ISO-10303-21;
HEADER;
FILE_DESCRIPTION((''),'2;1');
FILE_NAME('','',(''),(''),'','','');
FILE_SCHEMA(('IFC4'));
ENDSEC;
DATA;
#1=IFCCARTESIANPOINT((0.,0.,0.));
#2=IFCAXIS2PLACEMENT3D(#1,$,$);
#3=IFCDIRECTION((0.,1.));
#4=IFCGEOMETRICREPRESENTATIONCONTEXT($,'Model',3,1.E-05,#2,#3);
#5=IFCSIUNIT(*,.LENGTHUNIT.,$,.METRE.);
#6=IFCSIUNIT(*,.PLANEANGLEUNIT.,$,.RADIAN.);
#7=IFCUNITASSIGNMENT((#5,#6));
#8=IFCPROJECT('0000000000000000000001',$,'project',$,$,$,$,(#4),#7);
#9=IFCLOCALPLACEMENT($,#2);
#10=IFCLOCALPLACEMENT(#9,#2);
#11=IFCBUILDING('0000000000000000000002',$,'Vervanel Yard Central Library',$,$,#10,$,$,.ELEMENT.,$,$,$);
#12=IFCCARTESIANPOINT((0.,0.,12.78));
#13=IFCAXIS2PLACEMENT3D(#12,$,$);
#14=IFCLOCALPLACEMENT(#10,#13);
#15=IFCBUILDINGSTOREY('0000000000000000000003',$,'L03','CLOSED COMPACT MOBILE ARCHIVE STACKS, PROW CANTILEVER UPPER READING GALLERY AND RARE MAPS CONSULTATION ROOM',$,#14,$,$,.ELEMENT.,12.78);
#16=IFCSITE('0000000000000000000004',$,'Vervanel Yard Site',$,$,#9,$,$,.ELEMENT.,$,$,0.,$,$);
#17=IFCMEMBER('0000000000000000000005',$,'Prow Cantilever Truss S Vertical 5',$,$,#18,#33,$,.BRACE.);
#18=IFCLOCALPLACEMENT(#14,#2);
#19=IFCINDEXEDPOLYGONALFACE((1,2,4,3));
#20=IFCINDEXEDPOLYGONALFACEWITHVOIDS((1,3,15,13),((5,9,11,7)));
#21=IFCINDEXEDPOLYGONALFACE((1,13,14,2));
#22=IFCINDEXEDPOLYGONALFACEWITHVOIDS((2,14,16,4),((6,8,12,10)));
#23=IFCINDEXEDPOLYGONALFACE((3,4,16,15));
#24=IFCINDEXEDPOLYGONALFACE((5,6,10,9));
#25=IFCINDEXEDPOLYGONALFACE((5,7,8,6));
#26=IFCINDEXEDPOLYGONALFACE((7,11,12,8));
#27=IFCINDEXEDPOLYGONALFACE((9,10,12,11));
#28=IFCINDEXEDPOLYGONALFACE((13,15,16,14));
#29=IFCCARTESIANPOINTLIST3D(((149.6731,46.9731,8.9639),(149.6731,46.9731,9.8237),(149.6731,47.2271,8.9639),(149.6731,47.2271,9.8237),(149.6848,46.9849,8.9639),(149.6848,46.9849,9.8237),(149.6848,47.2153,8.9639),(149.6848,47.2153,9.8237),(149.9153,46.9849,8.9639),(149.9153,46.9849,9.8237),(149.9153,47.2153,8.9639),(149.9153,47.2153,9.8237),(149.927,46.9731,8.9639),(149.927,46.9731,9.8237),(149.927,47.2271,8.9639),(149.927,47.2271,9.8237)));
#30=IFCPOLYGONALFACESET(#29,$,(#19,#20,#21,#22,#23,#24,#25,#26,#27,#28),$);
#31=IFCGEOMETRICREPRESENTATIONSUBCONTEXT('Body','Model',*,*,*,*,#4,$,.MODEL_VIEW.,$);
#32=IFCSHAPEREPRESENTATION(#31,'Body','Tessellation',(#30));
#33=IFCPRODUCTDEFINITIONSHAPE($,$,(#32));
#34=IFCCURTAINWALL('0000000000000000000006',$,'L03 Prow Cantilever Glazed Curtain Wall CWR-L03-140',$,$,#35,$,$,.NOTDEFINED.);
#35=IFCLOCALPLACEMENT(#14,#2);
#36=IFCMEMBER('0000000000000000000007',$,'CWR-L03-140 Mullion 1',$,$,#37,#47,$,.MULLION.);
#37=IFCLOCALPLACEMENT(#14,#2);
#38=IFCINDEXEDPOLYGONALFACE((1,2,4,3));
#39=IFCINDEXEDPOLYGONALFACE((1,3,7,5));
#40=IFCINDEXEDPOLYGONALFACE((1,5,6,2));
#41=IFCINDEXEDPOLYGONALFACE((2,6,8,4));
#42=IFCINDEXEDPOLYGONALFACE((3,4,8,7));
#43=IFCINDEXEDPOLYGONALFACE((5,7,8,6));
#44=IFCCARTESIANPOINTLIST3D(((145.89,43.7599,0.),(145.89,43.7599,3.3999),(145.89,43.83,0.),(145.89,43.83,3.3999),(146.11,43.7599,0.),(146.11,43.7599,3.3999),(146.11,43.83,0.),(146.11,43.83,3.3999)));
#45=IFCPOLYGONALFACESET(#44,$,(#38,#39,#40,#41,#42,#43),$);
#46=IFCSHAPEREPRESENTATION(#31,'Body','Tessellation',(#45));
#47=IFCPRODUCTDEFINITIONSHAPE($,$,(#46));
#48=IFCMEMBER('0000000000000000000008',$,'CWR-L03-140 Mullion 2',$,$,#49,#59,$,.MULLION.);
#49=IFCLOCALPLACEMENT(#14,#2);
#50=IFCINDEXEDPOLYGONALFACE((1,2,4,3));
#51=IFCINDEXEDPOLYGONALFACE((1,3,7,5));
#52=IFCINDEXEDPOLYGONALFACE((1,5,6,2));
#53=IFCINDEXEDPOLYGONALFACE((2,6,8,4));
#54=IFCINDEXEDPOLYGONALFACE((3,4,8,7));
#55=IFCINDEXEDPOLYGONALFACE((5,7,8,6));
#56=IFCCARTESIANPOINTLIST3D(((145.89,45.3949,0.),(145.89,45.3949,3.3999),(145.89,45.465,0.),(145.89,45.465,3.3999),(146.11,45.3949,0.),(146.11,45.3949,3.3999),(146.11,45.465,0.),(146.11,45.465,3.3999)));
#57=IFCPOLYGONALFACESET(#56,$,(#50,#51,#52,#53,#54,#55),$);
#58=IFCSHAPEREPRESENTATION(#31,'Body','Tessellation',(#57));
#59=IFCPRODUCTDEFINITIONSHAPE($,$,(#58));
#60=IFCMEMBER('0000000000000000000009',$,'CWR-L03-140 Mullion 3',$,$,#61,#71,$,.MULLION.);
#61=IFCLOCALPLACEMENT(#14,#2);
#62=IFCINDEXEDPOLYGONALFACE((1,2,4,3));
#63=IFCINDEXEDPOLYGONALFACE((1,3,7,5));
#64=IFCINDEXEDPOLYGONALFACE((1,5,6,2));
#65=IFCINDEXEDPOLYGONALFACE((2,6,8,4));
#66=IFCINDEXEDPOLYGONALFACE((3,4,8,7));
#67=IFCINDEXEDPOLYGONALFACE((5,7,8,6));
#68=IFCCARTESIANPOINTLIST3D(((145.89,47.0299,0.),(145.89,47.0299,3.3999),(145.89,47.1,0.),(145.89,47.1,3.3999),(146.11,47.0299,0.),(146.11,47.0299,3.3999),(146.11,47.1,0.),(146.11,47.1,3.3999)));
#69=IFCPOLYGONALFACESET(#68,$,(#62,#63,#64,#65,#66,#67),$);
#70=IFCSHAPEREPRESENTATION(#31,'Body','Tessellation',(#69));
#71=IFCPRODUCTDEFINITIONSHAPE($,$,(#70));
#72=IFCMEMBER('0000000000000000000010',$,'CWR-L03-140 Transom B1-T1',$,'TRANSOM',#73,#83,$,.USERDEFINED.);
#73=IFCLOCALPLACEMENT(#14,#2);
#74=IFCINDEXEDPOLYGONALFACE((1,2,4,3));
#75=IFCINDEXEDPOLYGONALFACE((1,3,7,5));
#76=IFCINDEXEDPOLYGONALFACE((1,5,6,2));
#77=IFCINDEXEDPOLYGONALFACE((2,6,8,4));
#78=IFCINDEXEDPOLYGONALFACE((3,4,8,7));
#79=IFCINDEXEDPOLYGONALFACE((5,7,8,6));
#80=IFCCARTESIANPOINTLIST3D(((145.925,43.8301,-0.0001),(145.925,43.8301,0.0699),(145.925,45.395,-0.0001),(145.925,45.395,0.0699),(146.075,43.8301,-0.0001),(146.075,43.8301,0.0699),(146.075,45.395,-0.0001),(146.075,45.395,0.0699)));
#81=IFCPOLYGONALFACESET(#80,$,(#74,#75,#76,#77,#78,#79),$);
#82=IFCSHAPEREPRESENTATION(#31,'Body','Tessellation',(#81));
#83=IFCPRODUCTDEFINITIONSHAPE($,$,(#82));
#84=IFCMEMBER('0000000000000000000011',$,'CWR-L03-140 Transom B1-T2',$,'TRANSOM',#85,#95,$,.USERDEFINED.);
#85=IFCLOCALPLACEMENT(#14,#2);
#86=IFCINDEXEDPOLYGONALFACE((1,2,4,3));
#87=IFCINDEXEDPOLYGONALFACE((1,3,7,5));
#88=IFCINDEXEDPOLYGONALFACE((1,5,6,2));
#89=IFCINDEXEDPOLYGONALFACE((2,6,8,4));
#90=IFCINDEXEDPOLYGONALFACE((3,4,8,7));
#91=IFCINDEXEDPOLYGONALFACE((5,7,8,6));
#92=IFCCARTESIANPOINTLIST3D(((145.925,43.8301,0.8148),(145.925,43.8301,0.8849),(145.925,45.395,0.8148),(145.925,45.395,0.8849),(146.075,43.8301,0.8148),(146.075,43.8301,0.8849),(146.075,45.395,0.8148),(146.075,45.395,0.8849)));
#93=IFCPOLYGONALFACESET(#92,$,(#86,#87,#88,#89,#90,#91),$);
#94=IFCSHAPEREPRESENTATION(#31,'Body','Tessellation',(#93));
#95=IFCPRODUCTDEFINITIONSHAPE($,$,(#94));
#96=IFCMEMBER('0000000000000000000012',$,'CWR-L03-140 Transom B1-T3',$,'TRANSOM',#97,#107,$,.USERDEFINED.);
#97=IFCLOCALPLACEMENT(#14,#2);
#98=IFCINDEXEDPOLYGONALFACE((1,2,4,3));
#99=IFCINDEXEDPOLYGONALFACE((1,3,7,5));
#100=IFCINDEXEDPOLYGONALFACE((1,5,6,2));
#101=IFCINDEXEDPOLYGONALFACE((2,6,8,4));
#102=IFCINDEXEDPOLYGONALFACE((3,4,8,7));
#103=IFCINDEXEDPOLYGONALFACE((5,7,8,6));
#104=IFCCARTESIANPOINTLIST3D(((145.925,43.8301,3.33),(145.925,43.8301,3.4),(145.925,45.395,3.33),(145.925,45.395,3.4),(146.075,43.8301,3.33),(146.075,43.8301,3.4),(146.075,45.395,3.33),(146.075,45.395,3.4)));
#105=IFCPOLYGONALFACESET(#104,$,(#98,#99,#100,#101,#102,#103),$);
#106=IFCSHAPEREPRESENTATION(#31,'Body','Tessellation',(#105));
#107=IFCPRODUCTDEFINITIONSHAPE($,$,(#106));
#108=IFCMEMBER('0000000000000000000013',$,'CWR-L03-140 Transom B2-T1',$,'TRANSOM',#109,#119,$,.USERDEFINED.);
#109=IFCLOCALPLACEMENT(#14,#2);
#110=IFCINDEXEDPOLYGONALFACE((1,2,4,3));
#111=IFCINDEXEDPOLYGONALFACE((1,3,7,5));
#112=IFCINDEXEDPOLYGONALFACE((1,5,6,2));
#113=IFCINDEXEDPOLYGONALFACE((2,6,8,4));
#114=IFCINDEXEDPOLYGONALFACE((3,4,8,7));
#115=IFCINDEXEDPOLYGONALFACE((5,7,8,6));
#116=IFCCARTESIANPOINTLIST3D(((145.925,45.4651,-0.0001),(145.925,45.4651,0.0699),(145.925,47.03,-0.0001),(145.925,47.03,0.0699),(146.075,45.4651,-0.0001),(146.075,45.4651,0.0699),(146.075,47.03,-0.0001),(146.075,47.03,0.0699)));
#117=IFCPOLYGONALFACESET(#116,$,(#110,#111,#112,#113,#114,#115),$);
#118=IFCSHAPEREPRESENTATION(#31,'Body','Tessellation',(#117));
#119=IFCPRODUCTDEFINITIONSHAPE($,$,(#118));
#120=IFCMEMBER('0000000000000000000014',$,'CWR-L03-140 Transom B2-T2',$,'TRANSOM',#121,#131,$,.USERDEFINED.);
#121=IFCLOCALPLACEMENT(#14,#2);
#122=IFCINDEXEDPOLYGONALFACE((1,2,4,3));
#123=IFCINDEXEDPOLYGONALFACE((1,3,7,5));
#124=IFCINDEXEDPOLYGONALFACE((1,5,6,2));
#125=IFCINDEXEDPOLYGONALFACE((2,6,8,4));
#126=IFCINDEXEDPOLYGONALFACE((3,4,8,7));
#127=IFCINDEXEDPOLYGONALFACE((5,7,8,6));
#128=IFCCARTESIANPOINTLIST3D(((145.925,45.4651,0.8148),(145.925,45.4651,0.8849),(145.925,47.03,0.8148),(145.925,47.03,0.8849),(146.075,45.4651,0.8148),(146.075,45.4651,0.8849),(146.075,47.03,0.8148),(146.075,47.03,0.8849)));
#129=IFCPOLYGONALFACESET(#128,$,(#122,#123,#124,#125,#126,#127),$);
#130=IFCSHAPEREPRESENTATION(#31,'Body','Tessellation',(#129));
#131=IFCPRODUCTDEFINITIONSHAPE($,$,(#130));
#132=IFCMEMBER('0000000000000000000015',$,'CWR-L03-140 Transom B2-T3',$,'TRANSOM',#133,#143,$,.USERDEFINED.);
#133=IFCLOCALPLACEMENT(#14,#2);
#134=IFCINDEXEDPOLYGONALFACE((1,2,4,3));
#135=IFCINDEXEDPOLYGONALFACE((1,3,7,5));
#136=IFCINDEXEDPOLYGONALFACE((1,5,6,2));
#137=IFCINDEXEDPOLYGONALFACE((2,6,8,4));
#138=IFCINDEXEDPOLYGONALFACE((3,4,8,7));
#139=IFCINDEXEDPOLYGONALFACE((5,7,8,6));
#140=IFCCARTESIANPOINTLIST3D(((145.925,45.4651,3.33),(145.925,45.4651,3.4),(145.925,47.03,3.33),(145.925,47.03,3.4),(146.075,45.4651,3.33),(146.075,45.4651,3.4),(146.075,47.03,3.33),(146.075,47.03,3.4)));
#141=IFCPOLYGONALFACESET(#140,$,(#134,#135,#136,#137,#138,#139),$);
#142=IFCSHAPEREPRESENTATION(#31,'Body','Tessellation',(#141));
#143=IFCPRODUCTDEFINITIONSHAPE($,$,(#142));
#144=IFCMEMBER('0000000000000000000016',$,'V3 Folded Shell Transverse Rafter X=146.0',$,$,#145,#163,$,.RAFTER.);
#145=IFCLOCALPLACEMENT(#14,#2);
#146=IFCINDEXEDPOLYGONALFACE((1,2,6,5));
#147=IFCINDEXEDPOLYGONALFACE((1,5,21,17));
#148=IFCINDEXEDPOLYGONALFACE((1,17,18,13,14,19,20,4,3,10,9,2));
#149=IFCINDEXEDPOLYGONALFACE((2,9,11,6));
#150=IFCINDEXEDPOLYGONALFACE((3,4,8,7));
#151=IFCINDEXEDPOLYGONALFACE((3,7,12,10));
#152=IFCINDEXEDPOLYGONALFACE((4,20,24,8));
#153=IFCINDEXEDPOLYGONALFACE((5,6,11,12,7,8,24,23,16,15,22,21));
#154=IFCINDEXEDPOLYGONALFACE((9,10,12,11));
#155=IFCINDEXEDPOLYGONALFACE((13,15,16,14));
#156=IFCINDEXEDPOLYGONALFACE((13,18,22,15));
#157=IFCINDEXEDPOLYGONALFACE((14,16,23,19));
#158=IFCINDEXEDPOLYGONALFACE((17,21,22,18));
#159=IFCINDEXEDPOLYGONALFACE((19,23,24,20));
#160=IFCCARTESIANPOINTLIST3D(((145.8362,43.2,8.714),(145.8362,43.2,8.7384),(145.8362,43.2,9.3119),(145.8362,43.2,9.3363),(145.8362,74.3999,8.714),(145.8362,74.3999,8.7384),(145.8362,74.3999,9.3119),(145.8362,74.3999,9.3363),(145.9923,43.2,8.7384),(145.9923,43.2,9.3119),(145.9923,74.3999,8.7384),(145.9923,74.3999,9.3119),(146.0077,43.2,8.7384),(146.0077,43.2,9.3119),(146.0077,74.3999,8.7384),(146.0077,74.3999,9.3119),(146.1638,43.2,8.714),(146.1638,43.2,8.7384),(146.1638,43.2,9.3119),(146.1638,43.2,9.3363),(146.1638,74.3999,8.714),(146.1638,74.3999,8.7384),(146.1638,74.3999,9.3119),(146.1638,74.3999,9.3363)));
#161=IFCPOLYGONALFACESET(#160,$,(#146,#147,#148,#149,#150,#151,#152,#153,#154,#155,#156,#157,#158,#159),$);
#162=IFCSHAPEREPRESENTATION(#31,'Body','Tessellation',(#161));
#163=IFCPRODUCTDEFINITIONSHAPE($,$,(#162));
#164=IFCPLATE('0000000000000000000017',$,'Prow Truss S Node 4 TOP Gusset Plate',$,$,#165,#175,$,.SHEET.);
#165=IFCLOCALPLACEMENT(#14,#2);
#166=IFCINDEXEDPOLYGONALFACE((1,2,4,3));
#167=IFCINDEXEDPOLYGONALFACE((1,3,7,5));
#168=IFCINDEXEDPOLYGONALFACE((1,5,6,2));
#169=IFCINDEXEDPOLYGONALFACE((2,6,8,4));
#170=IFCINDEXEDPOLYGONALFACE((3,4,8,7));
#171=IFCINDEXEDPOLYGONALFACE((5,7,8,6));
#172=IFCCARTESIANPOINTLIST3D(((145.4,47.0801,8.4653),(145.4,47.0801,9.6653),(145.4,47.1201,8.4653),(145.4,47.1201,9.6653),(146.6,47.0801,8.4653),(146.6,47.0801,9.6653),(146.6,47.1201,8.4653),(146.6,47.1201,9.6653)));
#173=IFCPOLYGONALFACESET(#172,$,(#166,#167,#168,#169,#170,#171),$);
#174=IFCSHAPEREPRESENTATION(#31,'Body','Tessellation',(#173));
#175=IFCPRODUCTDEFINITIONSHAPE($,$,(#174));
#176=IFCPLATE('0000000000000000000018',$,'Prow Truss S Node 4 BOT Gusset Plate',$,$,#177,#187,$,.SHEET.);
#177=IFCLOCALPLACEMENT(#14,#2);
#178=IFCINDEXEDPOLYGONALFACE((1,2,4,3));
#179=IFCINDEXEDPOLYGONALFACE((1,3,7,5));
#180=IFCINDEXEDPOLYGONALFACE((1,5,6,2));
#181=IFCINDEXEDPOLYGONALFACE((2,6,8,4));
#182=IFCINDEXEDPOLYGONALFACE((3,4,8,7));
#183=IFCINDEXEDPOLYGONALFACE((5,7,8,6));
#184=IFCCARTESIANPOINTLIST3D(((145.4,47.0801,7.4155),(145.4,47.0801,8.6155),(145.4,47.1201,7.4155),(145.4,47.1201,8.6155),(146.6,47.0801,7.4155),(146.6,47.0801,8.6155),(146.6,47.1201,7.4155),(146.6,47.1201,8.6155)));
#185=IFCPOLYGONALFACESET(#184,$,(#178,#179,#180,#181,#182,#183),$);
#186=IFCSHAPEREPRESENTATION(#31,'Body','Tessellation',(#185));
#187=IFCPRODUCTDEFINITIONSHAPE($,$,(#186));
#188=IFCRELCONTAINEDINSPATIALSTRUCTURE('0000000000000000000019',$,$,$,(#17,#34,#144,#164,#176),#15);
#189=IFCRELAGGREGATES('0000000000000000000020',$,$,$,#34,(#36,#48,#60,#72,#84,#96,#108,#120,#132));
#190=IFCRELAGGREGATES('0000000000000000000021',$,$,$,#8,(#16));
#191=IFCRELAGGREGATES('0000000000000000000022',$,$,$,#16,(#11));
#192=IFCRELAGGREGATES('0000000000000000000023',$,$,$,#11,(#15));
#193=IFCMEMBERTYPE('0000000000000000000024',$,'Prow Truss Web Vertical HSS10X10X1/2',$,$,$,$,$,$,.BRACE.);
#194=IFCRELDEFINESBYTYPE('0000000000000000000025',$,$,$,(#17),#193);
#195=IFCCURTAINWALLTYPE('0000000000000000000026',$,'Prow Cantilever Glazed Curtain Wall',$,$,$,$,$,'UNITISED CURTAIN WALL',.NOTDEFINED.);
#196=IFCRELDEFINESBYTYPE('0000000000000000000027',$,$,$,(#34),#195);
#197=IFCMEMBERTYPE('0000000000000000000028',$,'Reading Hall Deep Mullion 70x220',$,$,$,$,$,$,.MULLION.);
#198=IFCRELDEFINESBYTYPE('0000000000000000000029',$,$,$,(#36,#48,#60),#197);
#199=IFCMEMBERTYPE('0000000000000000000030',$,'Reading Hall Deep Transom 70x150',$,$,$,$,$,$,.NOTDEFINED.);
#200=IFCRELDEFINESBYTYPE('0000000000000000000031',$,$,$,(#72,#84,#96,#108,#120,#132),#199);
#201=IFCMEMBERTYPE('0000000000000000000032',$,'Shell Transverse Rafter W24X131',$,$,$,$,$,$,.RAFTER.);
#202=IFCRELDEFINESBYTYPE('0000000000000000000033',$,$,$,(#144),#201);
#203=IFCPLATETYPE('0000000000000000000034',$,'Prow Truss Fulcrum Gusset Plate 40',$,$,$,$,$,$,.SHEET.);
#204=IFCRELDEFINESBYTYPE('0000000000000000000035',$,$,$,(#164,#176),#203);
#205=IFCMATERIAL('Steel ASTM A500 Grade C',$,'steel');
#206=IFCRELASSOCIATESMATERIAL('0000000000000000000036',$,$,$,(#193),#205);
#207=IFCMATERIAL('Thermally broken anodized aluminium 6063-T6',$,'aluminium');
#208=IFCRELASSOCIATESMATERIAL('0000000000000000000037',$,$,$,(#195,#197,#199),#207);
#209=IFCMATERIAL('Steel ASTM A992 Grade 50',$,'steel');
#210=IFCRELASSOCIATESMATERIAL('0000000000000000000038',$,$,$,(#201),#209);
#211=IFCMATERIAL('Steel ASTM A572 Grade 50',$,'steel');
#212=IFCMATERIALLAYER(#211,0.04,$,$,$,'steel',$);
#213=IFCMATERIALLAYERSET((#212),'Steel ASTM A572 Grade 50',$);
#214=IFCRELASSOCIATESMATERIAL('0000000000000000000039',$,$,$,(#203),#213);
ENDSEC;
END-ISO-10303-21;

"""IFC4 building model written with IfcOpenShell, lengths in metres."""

from ifc_helpers import new_model, si_unit, direction, frame, origin, origin_2d, place, context, subcontext, project, spatial, rectangle, hollow_rectangle, i_section, extrude, material, layer, layer_set, material_profile, profile_set, type_object, element, aggregate, save


model = new_model("IFC4")

# Units and contexts
model_context = context("Model", 3, precision=1e-05, world=origin(), true_north=direction((0.0, 1.0)))
body_context = subcontext(model_context, "Body", "Model", "MODEL_VIEW")
ifc_project = project(units=[si_unit("LENGTHUNIT", "METRE"), si_unit("PLANEANGLEUNIT", "RADIAN")], contexts=[model_context])

# Site, building, storey
site_placement = place(None, origin())
site = spatial("IfcSite", under=ifc_project, at=site_placement, Name="Vervanel Yard Site", CompositionType="ELEMENT", RefElevation=0.0)
building_placement = place(site_placement, origin())
building = spatial("IfcBuilding", under=site, at=building_placement, Name="Vervanel Yard Central Library", CompositionType="ELEMENT")
storey_placement = place(building_placement, frame((0.0, 0.0, 12.78)))
storey = spatial("IfcBuildingStorey", under=building, at=storey_placement, Name="L03", Description="CLOSED COMPACT MOBILE ARCHIVE STACKS, PROW CANTILEVER UPPER READING GALLERY AND RARE MAPS CONSULTATION ROOM", CompositionType="ELEMENT", Elevation=12.78)

# Shared definitions
ifc_material_1 = material(Name="Steel ASTM A992 Grade 50", Category="steel")

# Member
ifc_material_2 = material(Name="Steel ASTM A500 Grade C", Category="steel")
ifc_material_profile_1 = material_profile(ifc_material_2, hollow_rectangle(XDim=0.2539, YDim=0.2539, WallThickness=0.0117, at=origin_2d()), Name="HSS10X10X1/2", Category="steel")
ifc_profile_set_1 = profile_set([ifc_material_profile_1], Name="Steel ASTM A500 Grade C")
member_type_1 = type_object("IfcMemberType", Name="Prow Truss Web Vertical HSS10X10X1/2", PredefinedType="BRACE", material=ifc_profile_set_1)
member_1_placement = place(storey_placement, frame((149.8, 47.1001, 8.9639), z_axis=(0.0, 0.0, 1.0), x_axis=(1.0, 0.0, 0.0)))
element("IfcMember", 1, at=member_1_placement, inside=storey, type_object=member_type_1, Name="Prow Cantilever Truss S Vertical 5", PredefinedType="BRACE", context=body_context, shape_type="SweptSolid", body=[
    extrude(hollow_rectangle(XDim=0.2539, YDim=0.2539, WallThickness=0.0117, at=origin_2d()), origin(), (0.0, 0.0, 1.0), 0.8599),
])

# Curtain wall, members
ifc_material_3 = material(Name="Thermally broken anodized aluminium 6063-T6", Category="aluminium")
curtain_wall_type = type_object("IfcCurtainWallType", Name="Prow Cantilever Glazed Curtain Wall", ElementType="UNITISED CURTAIN WALL", PredefinedType="NOTDEFINED", material=ifc_material_3)
curtain_wall_placement = place(storey_placement, origin())
curtain_wall = element("IfcCurtainWall", 2, at=curtain_wall_placement, inside=storey, type_object=curtain_wall_type, Name="L03 Prow Cantilever Glazed Curtain Wall CWR-L03-140", PredefinedType="NOTDEFINED")
ifc_material_profile_2 = material_profile(ifc_material_3, rectangle(XDim=0.0701, YDim=0.22, at=origin_2d()), Name="ALU 70x220", Category="aluminium")
ifc_profile_set_2 = profile_set([ifc_material_profile_2], Name="Thermally broken anodized aluminium 6063-T6")
member_type_2 = type_object("IfcMemberType", Name="Reading Hall Deep Mullion 70x220", PredefinedType="MULLION", material=ifc_profile_set_2)
member_2_placement = place(storey_placement, frame((146.0, 43.7949, 0.0), z_axis=(0.0, 0.0, 1.0), x_axis=(0.0, 1.0, 0.0)))
member_2 = element("IfcMember", 3, at=member_2_placement, type_object=member_type_2, Name="CWR-L03-140 Mullion 1", PredefinedType="MULLION", context=body_context, shape_type="SweptSolid", body=[
    extrude(rectangle(XDim=0.0701, YDim=0.22, at=origin_2d()), origin(), (0.0, 0.0, 1.0), 3.3999),
])
member_3_placement = place(storey_placement, frame((146.0, 45.4299, 0.0), z_axis=(0.0, 0.0, 1.0), x_axis=(0.0, 1.0, 0.0)))
member_3 = element("IfcMember", 4, at=member_3_placement, type_object=member_type_2, Name="CWR-L03-140 Mullion 2", PredefinedType="MULLION", context=body_context, shape_type="SweptSolid", body=[
    extrude(rectangle(XDim=0.0701, YDim=0.22, at=origin_2d()), origin(), (0.0, 0.0, 1.0), 3.3999),
])
member_4_placement = place(storey_placement, frame((146.0, 47.0649, 0.0), z_axis=(0.0, 0.0, 1.0), x_axis=(0.0, 1.0, 0.0)))
member_4 = element("IfcMember", 5, at=member_4_placement, type_object=member_type_2, Name="CWR-L03-140 Mullion 3", PredefinedType="MULLION", context=body_context, shape_type="SweptSolid", body=[
    extrude(rectangle(XDim=0.0701, YDim=0.22, at=origin_2d()), origin(), (0.0, 0.0, 1.0), 3.3999),
])
ifc_material_profile_3 = material_profile(ifc_material_3, rectangle(XDim=0.0701, YDim=0.1499, at=origin_2d()), Name="ALU 70x150", Category="aluminium")
ifc_profile_set_3 = profile_set([ifc_material_profile_3], Name="Thermally broken anodized aluminium 6063-T6")
member_type_3 = type_object("IfcMemberType", Name="Reading Hall Deep Transom 70x150", PredefinedType="NOTDEFINED", material=ifc_profile_set_3)
member_5_placement = place(storey_placement, frame((146.0, 43.8301, 0.0349), z_axis=(0.0, 1.0, 0.0), x_axis=(0.0, 0.0, 1.0)))
member_5 = element("IfcMember", 6, at=member_5_placement, type_object=member_type_3, Name="CWR-L03-140 Transom B1-T1", ObjectType="TRANSOM", PredefinedType="USERDEFINED", context=body_context, shape_type="SweptSolid", body=[
    extrude(rectangle(XDim=0.0701, YDim=0.1499, at=origin_2d()), origin(), (0.0, 0.0, 1.0), 1.5649),
])
member_6_placement = place(storey_placement, frame((146.0, 43.8301, 0.8499), z_axis=(0.0, 1.0, 0.0), x_axis=(0.0, 0.0, 1.0)))
member_6 = element("IfcMember", 7, at=member_6_placement, type_object=member_type_3, Name="CWR-L03-140 Transom B1-T2", ObjectType="TRANSOM", PredefinedType="USERDEFINED", context=body_context, shape_type="SweptSolid", body=[
    extrude(rectangle(XDim=0.0701, YDim=0.1499, at=origin_2d()), origin(), (0.0, 0.0, 1.0), 1.5649),
])
member_7_placement = place(storey_placement, frame((146.0, 43.8301, 3.365), z_axis=(0.0, 1.0, 0.0), x_axis=(0.0, 0.0, 1.0)))
member_7 = element("IfcMember", 8, at=member_7_placement, type_object=member_type_3, Name="CWR-L03-140 Transom B1-T3", ObjectType="TRANSOM", PredefinedType="USERDEFINED", context=body_context, shape_type="SweptSolid", body=[
    extrude(rectangle(XDim=0.0701, YDim=0.1499, at=origin_2d()), origin(), (0.0, 0.0, 1.0), 1.5649),
])
member_8_placement = place(storey_placement, frame((146.0, 45.4651, 0.0349), z_axis=(0.0, 1.0, 0.0), x_axis=(0.0, 0.0, 1.0)))
member_8 = element("IfcMember", 9, at=member_8_placement, type_object=member_type_3, Name="CWR-L03-140 Transom B2-T1", ObjectType="TRANSOM", PredefinedType="USERDEFINED", context=body_context, shape_type="SweptSolid", body=[
    extrude(rectangle(XDim=0.0701, YDim=0.1499, at=origin_2d()), origin(), (0.0, 0.0, 1.0), 1.5649),
])
member_9_placement = place(storey_placement, frame((146.0, 45.4651, 0.8499), z_axis=(0.0, 1.0, 0.0), x_axis=(0.0, 0.0, 1.0)))
member_9 = element("IfcMember", 10, at=member_9_placement, type_object=member_type_3, Name="CWR-L03-140 Transom B2-T2", ObjectType="TRANSOM", PredefinedType="USERDEFINED", context=body_context, shape_type="SweptSolid", body=[
    extrude(rectangle(XDim=0.0701, YDim=0.1499, at=origin_2d()), origin(), (0.0, 0.0, 1.0), 1.5649),
])
member_10_placement = place(storey_placement, frame((146.0, 45.4651, 3.365), z_axis=(0.0, 1.0, 0.0), x_axis=(0.0, 0.0, 1.0)))
member_10 = element("IfcMember", 11, at=member_10_placement, type_object=member_type_3, Name="CWR-L03-140 Transom B2-T3", ObjectType="TRANSOM", PredefinedType="USERDEFINED", context=body_context, shape_type="SweptSolid", body=[
    extrude(rectangle(XDim=0.0701, YDim=0.1499, at=origin_2d()), origin(), (0.0, 0.0, 1.0), 1.5649),
])

# Member
ifc_material_profile_4 = material_profile(ifc_material_1, i_section(OverallWidth=0.3276, OverallDepth=0.6223, WebThickness=0.0154, FlangeThickness=0.0244, at=origin_2d()), Name="W24X131", Category="steel")
ifc_profile_set_4 = profile_set([ifc_material_profile_4], Name="Steel ASTM A992 Grade 50")
member_type_4 = type_object("IfcMemberType", Name="Shell Transverse Rafter W24X131", PredefinedType="RAFTER", material=ifc_profile_set_4)
member_11_placement = place(storey_placement, frame((146.0, 43.2, 9.0251), z_axis=(0.0, 1.0, 0.0), x_axis=(-1.0, 0.0, 0.0)))
element("IfcMember", 12, at=member_11_placement, inside=storey, type_object=member_type_4, Name="V3 Folded Shell Transverse Rafter X=146.0", PredefinedType="RAFTER", context=body_context, shape_type="SweptSolid", body=[
    extrude(i_section(OverallWidth=0.3276, OverallDepth=0.6223, WebThickness=0.0154, FlangeThickness=0.0244, at=origin_2d()), origin(), (0.0, 0.0, 1.0), 31.2),
])

# Plates
ifc_material_4 = material(Name="Steel ASTM A572 Grade 50", Category="steel")
ifc_layer_1 = layer(ifc_material_4, 0.04, Category="steel")
ifc_layer_set_1 = layer_set([ifc_layer_1], Name="Steel ASTM A572 Grade 50")
plate_type_1 = type_object("IfcPlateType", Name="Prow Truss Fulcrum Gusset Plate 40", PredefinedType="SHEET", material=ifc_layer_set_1)
for number, where, z_axis, x_axis, name in (
    (13, (146.0, 47.1001, 8.4653), (0.0, 0.0, 1.0), (1.0, 0.0, 0.0), "Prow Truss S Node 4 TOP Gusset Plate"),
    (14, (146.0, 47.1001, 7.4155), (0.0, 0.0, 1.0), (1.0, 0.0, 0.0), "Prow Truss S Node 4 BOT Gusset Plate"),
):
    element("IfcPlate", number, at=place(storey_placement, frame(where, z_axis=z_axis, x_axis=x_axis)), inside=storey, type_object=plate_type_1, Name=name, PredefinedType="SHEET", context=body_context, shape_type="SweptSolid", body=[
        extrude(rectangle(XDim=1.2, YDim=0.04, at=origin_2d()), origin(), (0.0, 0.0, 1.0), 1.2),
    ])

aggregate(curtain_wall, [member_2, member_3, member_4, member_5, member_6, member_7, member_8, member_9, member_10])

save(model, "model.ifc")
